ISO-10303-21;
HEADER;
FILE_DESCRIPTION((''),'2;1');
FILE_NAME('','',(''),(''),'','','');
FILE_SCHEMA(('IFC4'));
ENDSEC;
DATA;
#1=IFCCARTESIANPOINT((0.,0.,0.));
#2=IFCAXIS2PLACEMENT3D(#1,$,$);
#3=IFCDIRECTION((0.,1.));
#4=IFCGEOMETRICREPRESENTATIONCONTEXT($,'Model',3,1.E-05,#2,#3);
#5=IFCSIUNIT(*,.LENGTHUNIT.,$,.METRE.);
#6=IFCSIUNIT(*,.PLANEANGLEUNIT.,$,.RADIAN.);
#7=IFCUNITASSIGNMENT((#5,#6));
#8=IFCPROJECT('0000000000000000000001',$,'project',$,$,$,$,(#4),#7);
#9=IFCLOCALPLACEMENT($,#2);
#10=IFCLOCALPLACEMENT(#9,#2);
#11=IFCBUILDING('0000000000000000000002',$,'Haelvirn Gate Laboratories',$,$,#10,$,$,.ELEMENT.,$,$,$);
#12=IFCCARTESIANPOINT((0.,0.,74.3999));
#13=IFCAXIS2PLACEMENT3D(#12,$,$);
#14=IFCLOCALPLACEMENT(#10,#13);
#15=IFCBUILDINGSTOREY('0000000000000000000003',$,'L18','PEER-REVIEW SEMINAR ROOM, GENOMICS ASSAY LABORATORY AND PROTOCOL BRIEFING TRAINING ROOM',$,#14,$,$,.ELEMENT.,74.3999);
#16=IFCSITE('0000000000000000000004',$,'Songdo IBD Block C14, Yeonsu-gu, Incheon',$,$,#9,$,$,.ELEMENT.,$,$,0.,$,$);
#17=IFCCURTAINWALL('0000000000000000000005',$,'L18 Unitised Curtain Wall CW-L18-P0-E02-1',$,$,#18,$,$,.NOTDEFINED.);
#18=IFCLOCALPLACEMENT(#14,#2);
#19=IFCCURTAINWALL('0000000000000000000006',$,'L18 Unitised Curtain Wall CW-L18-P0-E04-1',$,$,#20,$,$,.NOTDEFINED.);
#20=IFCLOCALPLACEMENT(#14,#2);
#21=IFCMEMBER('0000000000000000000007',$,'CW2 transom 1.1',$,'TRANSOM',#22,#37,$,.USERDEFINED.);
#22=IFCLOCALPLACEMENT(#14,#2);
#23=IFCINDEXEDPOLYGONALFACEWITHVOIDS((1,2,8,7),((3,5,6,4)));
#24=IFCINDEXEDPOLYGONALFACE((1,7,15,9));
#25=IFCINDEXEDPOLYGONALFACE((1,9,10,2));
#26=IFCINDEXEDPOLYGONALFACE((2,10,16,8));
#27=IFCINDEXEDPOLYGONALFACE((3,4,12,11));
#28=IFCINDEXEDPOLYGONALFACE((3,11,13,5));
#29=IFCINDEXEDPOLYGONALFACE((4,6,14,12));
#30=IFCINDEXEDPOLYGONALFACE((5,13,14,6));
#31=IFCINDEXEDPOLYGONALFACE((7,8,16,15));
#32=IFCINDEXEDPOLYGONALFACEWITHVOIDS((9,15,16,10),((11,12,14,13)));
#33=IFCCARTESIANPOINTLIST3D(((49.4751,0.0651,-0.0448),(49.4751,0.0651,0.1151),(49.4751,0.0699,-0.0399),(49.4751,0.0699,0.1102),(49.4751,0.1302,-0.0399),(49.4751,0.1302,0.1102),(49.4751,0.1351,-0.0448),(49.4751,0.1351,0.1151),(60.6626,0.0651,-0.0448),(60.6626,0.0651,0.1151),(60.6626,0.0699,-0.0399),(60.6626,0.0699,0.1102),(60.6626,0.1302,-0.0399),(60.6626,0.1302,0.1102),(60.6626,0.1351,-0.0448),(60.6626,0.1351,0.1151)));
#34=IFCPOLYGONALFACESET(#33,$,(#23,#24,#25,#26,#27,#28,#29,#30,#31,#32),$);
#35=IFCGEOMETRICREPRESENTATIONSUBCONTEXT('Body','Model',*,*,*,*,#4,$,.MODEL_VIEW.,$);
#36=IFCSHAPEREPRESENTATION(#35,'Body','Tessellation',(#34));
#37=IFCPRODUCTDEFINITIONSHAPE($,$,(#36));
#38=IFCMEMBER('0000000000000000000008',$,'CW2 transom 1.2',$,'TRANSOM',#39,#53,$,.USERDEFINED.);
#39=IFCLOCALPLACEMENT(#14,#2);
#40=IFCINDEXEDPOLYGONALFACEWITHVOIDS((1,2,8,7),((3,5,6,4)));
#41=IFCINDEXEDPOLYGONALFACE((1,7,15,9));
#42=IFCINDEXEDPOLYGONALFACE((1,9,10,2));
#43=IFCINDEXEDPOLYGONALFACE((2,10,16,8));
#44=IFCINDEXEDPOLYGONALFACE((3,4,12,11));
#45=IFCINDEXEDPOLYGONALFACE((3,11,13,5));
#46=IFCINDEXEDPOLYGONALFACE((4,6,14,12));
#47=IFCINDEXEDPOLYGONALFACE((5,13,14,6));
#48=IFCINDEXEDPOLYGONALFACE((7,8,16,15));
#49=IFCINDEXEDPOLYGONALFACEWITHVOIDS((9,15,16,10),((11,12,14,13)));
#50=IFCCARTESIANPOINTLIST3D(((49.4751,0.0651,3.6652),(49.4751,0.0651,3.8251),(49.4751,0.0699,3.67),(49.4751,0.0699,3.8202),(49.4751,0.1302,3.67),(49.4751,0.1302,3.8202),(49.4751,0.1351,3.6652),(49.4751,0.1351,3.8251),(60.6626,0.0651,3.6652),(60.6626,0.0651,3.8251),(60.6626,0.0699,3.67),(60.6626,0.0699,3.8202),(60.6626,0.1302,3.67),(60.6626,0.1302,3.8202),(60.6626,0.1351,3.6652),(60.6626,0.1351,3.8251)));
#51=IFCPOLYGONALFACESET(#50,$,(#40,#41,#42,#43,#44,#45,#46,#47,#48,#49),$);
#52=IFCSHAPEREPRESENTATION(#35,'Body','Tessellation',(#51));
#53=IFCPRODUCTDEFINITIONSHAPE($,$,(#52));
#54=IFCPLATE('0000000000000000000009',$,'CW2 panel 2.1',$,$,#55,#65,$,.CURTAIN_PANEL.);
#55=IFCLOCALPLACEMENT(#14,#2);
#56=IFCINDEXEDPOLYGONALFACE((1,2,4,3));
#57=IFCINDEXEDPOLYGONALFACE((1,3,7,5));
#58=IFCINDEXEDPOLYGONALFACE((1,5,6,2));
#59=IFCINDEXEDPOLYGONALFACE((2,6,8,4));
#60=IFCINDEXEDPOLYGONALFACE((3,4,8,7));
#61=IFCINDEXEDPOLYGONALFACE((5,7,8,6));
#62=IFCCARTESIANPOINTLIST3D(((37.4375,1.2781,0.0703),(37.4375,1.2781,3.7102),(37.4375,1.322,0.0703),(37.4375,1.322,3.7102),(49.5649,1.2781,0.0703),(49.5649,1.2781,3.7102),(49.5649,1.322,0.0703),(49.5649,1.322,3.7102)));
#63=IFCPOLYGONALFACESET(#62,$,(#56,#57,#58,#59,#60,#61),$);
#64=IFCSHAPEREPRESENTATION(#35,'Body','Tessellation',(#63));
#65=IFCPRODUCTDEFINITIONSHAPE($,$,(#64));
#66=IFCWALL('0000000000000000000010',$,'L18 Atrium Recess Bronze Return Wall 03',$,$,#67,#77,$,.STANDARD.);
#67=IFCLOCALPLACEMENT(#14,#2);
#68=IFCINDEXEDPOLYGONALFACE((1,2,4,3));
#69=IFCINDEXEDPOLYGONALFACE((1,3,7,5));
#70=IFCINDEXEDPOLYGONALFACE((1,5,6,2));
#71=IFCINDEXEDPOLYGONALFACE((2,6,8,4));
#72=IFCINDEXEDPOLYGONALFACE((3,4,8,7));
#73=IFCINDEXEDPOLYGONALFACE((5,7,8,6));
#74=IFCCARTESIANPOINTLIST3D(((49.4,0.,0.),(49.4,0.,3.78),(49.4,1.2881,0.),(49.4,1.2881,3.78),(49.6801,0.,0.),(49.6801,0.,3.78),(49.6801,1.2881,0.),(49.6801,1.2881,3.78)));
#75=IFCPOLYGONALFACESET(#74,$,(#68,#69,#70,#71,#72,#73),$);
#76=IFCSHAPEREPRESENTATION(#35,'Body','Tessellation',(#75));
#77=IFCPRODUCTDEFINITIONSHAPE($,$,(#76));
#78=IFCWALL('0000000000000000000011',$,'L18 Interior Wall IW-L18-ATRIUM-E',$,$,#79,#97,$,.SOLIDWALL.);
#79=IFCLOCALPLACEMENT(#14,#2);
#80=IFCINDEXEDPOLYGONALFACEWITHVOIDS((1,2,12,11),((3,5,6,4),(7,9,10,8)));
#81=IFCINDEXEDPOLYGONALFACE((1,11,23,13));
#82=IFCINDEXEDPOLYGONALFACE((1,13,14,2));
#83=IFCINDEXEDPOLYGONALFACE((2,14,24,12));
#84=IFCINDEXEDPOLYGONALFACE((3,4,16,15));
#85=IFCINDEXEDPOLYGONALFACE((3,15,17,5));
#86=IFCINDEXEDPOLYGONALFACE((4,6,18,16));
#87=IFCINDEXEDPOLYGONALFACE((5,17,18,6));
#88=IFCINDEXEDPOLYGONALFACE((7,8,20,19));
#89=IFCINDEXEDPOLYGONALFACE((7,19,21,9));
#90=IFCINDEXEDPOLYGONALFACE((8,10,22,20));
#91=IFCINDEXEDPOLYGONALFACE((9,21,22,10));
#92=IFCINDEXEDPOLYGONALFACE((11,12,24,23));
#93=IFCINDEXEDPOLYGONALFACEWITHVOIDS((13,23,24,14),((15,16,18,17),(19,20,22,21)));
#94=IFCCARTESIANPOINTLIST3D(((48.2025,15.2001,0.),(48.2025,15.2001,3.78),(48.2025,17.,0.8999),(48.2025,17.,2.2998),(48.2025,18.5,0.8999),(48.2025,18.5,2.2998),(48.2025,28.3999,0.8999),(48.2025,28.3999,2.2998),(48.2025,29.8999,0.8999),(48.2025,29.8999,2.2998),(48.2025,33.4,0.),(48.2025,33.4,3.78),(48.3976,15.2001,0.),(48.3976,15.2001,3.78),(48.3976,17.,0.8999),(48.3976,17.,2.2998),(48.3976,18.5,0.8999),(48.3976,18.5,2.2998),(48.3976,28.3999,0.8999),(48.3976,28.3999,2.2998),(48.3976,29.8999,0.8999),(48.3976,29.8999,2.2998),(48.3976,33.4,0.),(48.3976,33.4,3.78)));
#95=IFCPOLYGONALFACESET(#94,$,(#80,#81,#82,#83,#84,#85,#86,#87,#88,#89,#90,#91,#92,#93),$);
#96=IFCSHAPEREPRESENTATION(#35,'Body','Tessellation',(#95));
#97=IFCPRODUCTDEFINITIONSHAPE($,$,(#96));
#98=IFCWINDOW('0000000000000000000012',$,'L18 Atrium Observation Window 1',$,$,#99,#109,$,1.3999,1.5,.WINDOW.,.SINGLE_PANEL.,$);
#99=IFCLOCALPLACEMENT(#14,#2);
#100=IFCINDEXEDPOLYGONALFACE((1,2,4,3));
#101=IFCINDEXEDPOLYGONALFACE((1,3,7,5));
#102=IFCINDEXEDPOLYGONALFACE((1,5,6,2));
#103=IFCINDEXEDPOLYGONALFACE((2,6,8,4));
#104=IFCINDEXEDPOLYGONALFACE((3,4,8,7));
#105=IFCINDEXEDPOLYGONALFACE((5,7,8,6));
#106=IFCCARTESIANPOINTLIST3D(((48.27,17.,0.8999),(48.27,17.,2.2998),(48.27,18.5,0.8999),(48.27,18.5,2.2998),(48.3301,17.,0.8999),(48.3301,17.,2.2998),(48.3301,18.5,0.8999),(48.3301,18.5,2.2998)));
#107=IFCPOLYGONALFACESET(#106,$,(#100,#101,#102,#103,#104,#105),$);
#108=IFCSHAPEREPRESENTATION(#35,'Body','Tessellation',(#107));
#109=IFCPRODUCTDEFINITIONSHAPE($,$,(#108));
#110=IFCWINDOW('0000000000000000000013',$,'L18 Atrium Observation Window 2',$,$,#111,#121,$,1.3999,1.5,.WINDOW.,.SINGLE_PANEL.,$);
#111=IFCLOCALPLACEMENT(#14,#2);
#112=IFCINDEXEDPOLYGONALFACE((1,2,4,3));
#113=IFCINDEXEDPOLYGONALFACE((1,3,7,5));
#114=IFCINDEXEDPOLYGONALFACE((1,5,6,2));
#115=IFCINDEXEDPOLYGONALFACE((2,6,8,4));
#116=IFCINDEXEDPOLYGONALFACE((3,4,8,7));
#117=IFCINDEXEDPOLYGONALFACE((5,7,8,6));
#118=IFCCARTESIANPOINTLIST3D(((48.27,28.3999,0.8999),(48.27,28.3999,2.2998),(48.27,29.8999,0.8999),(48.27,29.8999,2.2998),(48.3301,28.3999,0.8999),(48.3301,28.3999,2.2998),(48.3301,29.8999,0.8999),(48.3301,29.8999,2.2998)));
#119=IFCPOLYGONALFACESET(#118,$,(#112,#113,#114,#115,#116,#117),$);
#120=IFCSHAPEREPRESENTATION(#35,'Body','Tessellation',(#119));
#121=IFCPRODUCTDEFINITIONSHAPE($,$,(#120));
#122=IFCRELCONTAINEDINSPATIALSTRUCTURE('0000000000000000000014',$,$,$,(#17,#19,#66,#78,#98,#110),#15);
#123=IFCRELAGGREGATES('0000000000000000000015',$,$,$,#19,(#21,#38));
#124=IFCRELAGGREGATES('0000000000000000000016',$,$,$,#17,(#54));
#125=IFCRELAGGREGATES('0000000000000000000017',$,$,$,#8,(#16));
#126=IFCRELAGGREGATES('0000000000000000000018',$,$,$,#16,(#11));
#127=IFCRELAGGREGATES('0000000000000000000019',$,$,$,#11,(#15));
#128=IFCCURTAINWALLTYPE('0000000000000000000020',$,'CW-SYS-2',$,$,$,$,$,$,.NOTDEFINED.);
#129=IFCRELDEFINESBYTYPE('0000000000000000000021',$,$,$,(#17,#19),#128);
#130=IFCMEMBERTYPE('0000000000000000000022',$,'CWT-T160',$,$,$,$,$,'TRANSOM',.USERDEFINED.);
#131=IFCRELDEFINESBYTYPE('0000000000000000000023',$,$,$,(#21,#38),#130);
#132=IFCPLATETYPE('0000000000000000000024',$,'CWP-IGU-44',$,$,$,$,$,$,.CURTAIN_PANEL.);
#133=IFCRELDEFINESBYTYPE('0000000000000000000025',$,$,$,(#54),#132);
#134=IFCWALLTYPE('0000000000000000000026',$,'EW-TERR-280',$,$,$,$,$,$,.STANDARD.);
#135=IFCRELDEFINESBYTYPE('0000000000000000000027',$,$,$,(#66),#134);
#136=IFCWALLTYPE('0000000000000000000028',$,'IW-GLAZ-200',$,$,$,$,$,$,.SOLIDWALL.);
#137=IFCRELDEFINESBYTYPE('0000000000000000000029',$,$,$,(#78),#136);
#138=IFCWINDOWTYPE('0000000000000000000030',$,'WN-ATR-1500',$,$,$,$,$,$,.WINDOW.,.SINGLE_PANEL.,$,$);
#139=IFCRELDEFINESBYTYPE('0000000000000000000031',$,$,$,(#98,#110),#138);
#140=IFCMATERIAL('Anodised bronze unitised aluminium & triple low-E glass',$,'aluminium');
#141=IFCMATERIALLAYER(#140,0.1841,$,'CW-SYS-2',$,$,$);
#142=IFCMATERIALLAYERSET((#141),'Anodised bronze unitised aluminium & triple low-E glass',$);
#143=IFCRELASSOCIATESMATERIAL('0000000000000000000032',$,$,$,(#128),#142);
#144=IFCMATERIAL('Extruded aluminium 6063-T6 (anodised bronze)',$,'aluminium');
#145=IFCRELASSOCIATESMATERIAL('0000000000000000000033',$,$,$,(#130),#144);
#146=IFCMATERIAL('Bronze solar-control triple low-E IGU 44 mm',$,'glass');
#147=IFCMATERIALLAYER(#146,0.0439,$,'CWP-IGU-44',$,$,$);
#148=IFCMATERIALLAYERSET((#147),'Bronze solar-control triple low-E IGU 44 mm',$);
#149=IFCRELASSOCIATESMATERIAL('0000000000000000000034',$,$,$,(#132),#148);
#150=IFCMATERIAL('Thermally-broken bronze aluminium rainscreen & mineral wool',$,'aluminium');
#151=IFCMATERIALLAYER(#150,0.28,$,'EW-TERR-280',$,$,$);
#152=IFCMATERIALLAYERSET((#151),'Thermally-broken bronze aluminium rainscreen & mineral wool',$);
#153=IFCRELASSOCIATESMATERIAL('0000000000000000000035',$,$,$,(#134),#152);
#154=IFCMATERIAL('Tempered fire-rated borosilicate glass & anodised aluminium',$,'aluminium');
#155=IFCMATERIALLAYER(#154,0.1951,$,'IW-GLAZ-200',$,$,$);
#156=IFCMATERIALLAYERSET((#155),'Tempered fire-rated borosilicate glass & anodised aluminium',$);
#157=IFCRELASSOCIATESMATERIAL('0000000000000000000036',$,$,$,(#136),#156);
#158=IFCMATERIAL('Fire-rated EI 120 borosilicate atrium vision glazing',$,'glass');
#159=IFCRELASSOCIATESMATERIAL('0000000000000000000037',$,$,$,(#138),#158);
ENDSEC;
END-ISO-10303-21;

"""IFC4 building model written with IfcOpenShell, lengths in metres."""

from ifc_helpers import new_model, si_unit, direction, frame, frame_2d, origin, origin_2d, place, context, subcontext, project, spatial, rectangle, hollow_rectangle, extrude, source, transform, mapped, material, layer, layer_set, material_profile, profile_set, type_object, type_shapes, element, fill, aggregate, save


model = new_model("IFC4")

# Units and contexts
model_context = context("Model", 3, precision=1e-05, world=origin(), true_north=direction((0.0, 1.0)))
body_context = subcontext(model_context, "Body", "Model", "MODEL_VIEW")
ifc_project = project(units=[si_unit("LENGTHUNIT", "METRE"), si_unit("PLANEANGLEUNIT", "RADIAN")], contexts=[model_context])

# Site, building, storey
site_placement = place(None, origin())
site = spatial("IfcSite", under=ifc_project, at=site_placement, Name="Songdo IBD Block C14, Yeonsu-gu, Incheon", CompositionType="ELEMENT", RefElevation=0.0)
building_placement = place(site_placement, origin())
building = spatial("IfcBuilding", under=site, at=building_placement, Name="Haelvirn Gate Laboratories", CompositionType="ELEMENT")
storey_placement = place(building_placement, frame((0.0, 0.0, 74.3999)))
storey = spatial("IfcBuildingStorey", under=building, at=storey_placement, Name="L18", Description="PEER-REVIEW SEMINAR ROOM, GENOMICS ASSAY LABORATORY AND PROTOCOL BRIEFING TRAINING ROOM", CompositionType="ELEMENT", Elevation=74.3999)

# Curtain wall
ifc_material_1 = material(Name="Anodised bronze unitised aluminium & triple low-E glass", Category="aluminium")
ifc_layer_1 = layer(ifc_material_1, 0.1841, Name="CW-SYS-2")
ifc_layer_set_1 = layer_set([ifc_layer_1], Name="Anodised bronze unitised aluminium & triple low-E glass")
curtain_wall_type = type_object("IfcCurtainWallType", Name="CW-SYS-2", PredefinedType="NOTDEFINED", material=ifc_layer_set_1)
curtain_wall_1_placement = place(storey_placement, origin())
curtain_wall_1 = element("IfcCurtainWall", 1, at=curtain_wall_1_placement, inside=storey, type_object=curtain_wall_type, Name="L18 Unitised Curtain Wall CW-L18-P0-E02-1", PredefinedType="NOTDEFINED")
ifc_material_2 = material(Name="Extruded aluminium 6063-T6 (anodised bronze)", Category="aluminium")

# Curtain wall
curtain_wall_2_placement = place(storey_placement, origin())
curtain_wall_2 = element("IfcCurtainWall", 2, at=curtain_wall_2_placement, inside=storey, type_object=curtain_wall_type, Name="L18 Unitised Curtain Wall CW-L18-P0-E04-1", PredefinedType="NOTDEFINED")

# Members
ifc_material_profile_1 = material_profile(ifc_material_2, hollow_rectangle(XDim=0.0701, YDim=0.1599, WallThickness=0.0049, at=origin_2d()), Name="CWT-160x70x5")
ifc_profile_set_1 = profile_set([ifc_material_profile_1], Name="Extruded aluminium 6063-T6 (anodised bronze)")
member_type_1 = type_object("IfcMemberType", Name="CWT-T160", ElementType="TRANSOM", PredefinedType="USERDEFINED", material=ifc_profile_set_1)
shared_shape_1 = source(origin(), body_context, "Body", "SweptSolid", [
    extrude(hollow_rectangle(XDim=0.0701, YDim=0.1599, WallThickness=0.0049, at=origin_2d()), origin(), (0.0, 0.0, 1.0), 11.1875),
])
member_1_placement = place(storey_placement, frame((49.4751, 0.1001, 0.0352), z_axis=(1.0, 0.0, 0.0), x_axis=(0.0, 1.0, 0.0)))
member_1 = element("IfcMember", 3, at=member_1_placement, type_object=member_type_1, Name="CW2 transom 1.1", ObjectType="TRANSOM", PredefinedType="USERDEFINED", context=body_context, shape_type="MappedRepresentation", body=[
    mapped(shared_shape_1, transform((0.0, 0.0, 0.0), scale=1.0)),
])
member_2_placement = place(storey_placement, frame((49.4751, 0.1001, 3.7451), z_axis=(1.0, 0.0, 0.0), x_axis=(0.0, 1.0, 0.0)))
member_2 = element("IfcMember", 4, at=member_2_placement, type_object=member_type_1, Name="CW2 transom 1.2", ObjectType="TRANSOM", PredefinedType="USERDEFINED", context=body_context, shape_type="MappedRepresentation", body=[
    mapped(shared_shape_1, transform((0.0, 0.0, 0.0), scale=1.0)),
])
aggregate(curtain_wall_2, [member_1, member_2])

# Plate
ifc_material_3 = material(Name="Bronze solar-control triple low-E IGU 44 mm", Category="glass")
ifc_layer_2 = layer(ifc_material_3, 0.0439, Name="CWP-IGU-44")
ifc_layer_set_2 = layer_set([ifc_layer_2], Name="Bronze solar-control triple low-E IGU 44 mm")
plate_type = type_object("IfcPlateType", Name="CWP-IGU-44", PredefinedType="CURTAIN_PANEL", material=ifc_layer_set_2)
shared_shape_2 = source(origin(), body_context, "Body", "SweptSolid", [
    extrude(rectangle(XDim=12.1274, YDim=0.0439, at=origin_2d()), origin(), (0.0, 0.0, 1.0), 3.6399),
])
type_shapes(plate_type, [shared_shape_2])
plate_placement = place(storey_placement, frame((43.5012, 1.3, 0.0703), z_axis=(0.0, 0.0, 1.0), x_axis=(1.0, 0.0, 0.0)))
plate = element("IfcPlate", 5, at=plate_placement, type_object=plate_type, Name="CW2 panel 2.1", PredefinedType="CURTAIN_PANEL", context=body_context, shape_type="MappedRepresentation", body=[
    mapped(shared_shape_2, transform((0.0, 0.0, 0.0), scale=1.0)),
])
aggregate(curtain_wall_1, [plate])

# Wall
ifc_material_4 = material(Name="Thermally-broken bronze aluminium rainscreen & mineral wool", Category="aluminium")
ifc_layer_3 = layer(ifc_material_4, 0.28, Name="EW-TERR-280")
ifc_layer_set_3 = layer_set([ifc_layer_3], Name="Thermally-broken bronze aluminium rainscreen & mineral wool")
wall_type_1 = type_object("IfcWallType", Name="EW-TERR-280", PredefinedType="STANDARD", material=ifc_layer_set_3)
wall_1_placement = place(storey_placement, frame((49.54, 1.2881, 0.0), z_axis=(0.0, 0.0, 1.0), x_axis=(0.0, -1.0, 0.0)))
element("IfcWall", 6, at=wall_1_placement, inside=storey, type_object=wall_type_1, Name="L18 Atrium Recess Bronze Return Wall 03", PredefinedType="STANDARD", context=body_context, shape_type="SweptSolid", body=[
    extrude(rectangle(XDim=1.2881, YDim=0.28, at=frame_2d((0.644, 0.0))), origin(), (0.0, 0.0, 1.0), 3.78),
])

# Wall, openings, windows
ifc_material_5 = material(Name="Tempered fire-rated borosilicate glass & anodised aluminium", Category="aluminium")
ifc_layer_4 = layer(ifc_material_5, 0.1951, Name="IW-GLAZ-200")
ifc_layer_set_4 = layer_set([ifc_layer_4], Name="Tempered fire-rated borosilicate glass & anodised aluminium")
wall_type_2 = type_object("IfcWallType", Name="IW-GLAZ-200", PredefinedType="SOLIDWALL", material=ifc_layer_set_4)
wall_2_placement = place(storey_placement, frame((48.3, 15.2, 0.0), z_axis=(0.0, 0.0, 1.0), x_axis=(0.0, 1.0, 0.0)))
wall_2 = element("IfcWall", 7, at=wall_2_placement, inside=storey, type_object=wall_type_2, Name="L18 Interior Wall IW-L18-ATRIUM-E", PredefinedType="SOLIDWALL", context=body_context, shape_type="SweptSolid", body=[
    extrude(rectangle(XDim=18.2, YDim=0.1951, at=frame_2d((9.1001, 0.0))), origin(), (0.0, 0.0, 1.0), 3.78),
])
opening_1_placement = place(wall_2_placement, frame((1.8, 0.0, 0.8999)))
opening_1 = element("IfcOpeningElement", 8, at=opening_1_placement, cuts=wall_2, PredefinedType="OPENING", context=body_context, shape_type="SweptSolid", body=[
    extrude(rectangle(XDim=1.5, YDim=1.3999, at=frame_2d((0.75, 0.7))), frame((0.0, 0.1074, 0.0), z_axis=(0.0, -1.0, 0.0), x_axis=(1.0, 0.0, 0.0)), (0.0, 0.0, 1.0), 0.2151),
])
opening_2_placement = place(wall_2_placement, frame((13.2, 0.0, 0.8999)))
opening_2 = element("IfcOpeningElement", 9, at=opening_2_placement, cuts=wall_2, PredefinedType="OPENING", context=body_context, shape_type="SweptSolid", body=[
    extrude(rectangle(XDim=1.5, YDim=1.3999, at=frame_2d((0.75, 0.7))), frame((0.0, 0.1074, 0.0), z_axis=(0.0, -1.0, 0.0), x_axis=(1.0, 0.0, 0.0)), (0.0, 0.0, 1.0), 0.2151),
])
ifc_material_6 = material(Name="Fire-rated EI 120 borosilicate atrium vision glazing", Category="glass")
window_type = type_object("IfcWindowType", Name="WN-ATR-1500", PartitioningType="SINGLE_PANEL", PredefinedType="WINDOW", material=ifc_material_6)
shared_shape_3 = source(origin(), body_context, "Body", "SweptSolid", [
    extrude(rectangle(XDim=1.5, YDim=1.3999, at=frame_2d((0.75, 0.7))), frame((0.0, 0.03, 0.0), z_axis=(0.0, -1.0, 0.0), x_axis=(1.0, 0.0, 0.0)), (0.0, 0.0, 1.0), 0.0601),
])
type_shapes(window_type, [shared_shape_3])
window_1_placement = place(opening_1_placement, origin())
window_1 = element("IfcWindow", 10, at=window_1_placement, inside=storey, type_object=window_type, Name="L18 Atrium Observation Window 1", OverallHeight=1.3999, OverallWidth=1.5, PartitioningType="SINGLE_PANEL", PredefinedType="WINDOW", context=body_context, shape_type="MappedRepresentation", body=[
    mapped(shared_shape_3, transform((0.0, 0.0, 0.0), scale=1.0)),
])
fill(opening_1, window_1)
window_2_placement = place(opening_2_placement, origin())
window_2 = element("IfcWindow", 11, at=window_2_placement, inside=storey, type_object=window_type, Name="L18 Atrium Observation Window 2", OverallHeight=1.3999, OverallWidth=1.5, PartitioningType="SINGLE_PANEL", PredefinedType="WINDOW", context=body_context, shape_type="MappedRepresentation", body=[
    mapped(shared_shape_3, transform((0.0, 0.0, 0.0), scale=1.0)),
])
fill(opening_2, window_2)

save(model, "model.ifc")
